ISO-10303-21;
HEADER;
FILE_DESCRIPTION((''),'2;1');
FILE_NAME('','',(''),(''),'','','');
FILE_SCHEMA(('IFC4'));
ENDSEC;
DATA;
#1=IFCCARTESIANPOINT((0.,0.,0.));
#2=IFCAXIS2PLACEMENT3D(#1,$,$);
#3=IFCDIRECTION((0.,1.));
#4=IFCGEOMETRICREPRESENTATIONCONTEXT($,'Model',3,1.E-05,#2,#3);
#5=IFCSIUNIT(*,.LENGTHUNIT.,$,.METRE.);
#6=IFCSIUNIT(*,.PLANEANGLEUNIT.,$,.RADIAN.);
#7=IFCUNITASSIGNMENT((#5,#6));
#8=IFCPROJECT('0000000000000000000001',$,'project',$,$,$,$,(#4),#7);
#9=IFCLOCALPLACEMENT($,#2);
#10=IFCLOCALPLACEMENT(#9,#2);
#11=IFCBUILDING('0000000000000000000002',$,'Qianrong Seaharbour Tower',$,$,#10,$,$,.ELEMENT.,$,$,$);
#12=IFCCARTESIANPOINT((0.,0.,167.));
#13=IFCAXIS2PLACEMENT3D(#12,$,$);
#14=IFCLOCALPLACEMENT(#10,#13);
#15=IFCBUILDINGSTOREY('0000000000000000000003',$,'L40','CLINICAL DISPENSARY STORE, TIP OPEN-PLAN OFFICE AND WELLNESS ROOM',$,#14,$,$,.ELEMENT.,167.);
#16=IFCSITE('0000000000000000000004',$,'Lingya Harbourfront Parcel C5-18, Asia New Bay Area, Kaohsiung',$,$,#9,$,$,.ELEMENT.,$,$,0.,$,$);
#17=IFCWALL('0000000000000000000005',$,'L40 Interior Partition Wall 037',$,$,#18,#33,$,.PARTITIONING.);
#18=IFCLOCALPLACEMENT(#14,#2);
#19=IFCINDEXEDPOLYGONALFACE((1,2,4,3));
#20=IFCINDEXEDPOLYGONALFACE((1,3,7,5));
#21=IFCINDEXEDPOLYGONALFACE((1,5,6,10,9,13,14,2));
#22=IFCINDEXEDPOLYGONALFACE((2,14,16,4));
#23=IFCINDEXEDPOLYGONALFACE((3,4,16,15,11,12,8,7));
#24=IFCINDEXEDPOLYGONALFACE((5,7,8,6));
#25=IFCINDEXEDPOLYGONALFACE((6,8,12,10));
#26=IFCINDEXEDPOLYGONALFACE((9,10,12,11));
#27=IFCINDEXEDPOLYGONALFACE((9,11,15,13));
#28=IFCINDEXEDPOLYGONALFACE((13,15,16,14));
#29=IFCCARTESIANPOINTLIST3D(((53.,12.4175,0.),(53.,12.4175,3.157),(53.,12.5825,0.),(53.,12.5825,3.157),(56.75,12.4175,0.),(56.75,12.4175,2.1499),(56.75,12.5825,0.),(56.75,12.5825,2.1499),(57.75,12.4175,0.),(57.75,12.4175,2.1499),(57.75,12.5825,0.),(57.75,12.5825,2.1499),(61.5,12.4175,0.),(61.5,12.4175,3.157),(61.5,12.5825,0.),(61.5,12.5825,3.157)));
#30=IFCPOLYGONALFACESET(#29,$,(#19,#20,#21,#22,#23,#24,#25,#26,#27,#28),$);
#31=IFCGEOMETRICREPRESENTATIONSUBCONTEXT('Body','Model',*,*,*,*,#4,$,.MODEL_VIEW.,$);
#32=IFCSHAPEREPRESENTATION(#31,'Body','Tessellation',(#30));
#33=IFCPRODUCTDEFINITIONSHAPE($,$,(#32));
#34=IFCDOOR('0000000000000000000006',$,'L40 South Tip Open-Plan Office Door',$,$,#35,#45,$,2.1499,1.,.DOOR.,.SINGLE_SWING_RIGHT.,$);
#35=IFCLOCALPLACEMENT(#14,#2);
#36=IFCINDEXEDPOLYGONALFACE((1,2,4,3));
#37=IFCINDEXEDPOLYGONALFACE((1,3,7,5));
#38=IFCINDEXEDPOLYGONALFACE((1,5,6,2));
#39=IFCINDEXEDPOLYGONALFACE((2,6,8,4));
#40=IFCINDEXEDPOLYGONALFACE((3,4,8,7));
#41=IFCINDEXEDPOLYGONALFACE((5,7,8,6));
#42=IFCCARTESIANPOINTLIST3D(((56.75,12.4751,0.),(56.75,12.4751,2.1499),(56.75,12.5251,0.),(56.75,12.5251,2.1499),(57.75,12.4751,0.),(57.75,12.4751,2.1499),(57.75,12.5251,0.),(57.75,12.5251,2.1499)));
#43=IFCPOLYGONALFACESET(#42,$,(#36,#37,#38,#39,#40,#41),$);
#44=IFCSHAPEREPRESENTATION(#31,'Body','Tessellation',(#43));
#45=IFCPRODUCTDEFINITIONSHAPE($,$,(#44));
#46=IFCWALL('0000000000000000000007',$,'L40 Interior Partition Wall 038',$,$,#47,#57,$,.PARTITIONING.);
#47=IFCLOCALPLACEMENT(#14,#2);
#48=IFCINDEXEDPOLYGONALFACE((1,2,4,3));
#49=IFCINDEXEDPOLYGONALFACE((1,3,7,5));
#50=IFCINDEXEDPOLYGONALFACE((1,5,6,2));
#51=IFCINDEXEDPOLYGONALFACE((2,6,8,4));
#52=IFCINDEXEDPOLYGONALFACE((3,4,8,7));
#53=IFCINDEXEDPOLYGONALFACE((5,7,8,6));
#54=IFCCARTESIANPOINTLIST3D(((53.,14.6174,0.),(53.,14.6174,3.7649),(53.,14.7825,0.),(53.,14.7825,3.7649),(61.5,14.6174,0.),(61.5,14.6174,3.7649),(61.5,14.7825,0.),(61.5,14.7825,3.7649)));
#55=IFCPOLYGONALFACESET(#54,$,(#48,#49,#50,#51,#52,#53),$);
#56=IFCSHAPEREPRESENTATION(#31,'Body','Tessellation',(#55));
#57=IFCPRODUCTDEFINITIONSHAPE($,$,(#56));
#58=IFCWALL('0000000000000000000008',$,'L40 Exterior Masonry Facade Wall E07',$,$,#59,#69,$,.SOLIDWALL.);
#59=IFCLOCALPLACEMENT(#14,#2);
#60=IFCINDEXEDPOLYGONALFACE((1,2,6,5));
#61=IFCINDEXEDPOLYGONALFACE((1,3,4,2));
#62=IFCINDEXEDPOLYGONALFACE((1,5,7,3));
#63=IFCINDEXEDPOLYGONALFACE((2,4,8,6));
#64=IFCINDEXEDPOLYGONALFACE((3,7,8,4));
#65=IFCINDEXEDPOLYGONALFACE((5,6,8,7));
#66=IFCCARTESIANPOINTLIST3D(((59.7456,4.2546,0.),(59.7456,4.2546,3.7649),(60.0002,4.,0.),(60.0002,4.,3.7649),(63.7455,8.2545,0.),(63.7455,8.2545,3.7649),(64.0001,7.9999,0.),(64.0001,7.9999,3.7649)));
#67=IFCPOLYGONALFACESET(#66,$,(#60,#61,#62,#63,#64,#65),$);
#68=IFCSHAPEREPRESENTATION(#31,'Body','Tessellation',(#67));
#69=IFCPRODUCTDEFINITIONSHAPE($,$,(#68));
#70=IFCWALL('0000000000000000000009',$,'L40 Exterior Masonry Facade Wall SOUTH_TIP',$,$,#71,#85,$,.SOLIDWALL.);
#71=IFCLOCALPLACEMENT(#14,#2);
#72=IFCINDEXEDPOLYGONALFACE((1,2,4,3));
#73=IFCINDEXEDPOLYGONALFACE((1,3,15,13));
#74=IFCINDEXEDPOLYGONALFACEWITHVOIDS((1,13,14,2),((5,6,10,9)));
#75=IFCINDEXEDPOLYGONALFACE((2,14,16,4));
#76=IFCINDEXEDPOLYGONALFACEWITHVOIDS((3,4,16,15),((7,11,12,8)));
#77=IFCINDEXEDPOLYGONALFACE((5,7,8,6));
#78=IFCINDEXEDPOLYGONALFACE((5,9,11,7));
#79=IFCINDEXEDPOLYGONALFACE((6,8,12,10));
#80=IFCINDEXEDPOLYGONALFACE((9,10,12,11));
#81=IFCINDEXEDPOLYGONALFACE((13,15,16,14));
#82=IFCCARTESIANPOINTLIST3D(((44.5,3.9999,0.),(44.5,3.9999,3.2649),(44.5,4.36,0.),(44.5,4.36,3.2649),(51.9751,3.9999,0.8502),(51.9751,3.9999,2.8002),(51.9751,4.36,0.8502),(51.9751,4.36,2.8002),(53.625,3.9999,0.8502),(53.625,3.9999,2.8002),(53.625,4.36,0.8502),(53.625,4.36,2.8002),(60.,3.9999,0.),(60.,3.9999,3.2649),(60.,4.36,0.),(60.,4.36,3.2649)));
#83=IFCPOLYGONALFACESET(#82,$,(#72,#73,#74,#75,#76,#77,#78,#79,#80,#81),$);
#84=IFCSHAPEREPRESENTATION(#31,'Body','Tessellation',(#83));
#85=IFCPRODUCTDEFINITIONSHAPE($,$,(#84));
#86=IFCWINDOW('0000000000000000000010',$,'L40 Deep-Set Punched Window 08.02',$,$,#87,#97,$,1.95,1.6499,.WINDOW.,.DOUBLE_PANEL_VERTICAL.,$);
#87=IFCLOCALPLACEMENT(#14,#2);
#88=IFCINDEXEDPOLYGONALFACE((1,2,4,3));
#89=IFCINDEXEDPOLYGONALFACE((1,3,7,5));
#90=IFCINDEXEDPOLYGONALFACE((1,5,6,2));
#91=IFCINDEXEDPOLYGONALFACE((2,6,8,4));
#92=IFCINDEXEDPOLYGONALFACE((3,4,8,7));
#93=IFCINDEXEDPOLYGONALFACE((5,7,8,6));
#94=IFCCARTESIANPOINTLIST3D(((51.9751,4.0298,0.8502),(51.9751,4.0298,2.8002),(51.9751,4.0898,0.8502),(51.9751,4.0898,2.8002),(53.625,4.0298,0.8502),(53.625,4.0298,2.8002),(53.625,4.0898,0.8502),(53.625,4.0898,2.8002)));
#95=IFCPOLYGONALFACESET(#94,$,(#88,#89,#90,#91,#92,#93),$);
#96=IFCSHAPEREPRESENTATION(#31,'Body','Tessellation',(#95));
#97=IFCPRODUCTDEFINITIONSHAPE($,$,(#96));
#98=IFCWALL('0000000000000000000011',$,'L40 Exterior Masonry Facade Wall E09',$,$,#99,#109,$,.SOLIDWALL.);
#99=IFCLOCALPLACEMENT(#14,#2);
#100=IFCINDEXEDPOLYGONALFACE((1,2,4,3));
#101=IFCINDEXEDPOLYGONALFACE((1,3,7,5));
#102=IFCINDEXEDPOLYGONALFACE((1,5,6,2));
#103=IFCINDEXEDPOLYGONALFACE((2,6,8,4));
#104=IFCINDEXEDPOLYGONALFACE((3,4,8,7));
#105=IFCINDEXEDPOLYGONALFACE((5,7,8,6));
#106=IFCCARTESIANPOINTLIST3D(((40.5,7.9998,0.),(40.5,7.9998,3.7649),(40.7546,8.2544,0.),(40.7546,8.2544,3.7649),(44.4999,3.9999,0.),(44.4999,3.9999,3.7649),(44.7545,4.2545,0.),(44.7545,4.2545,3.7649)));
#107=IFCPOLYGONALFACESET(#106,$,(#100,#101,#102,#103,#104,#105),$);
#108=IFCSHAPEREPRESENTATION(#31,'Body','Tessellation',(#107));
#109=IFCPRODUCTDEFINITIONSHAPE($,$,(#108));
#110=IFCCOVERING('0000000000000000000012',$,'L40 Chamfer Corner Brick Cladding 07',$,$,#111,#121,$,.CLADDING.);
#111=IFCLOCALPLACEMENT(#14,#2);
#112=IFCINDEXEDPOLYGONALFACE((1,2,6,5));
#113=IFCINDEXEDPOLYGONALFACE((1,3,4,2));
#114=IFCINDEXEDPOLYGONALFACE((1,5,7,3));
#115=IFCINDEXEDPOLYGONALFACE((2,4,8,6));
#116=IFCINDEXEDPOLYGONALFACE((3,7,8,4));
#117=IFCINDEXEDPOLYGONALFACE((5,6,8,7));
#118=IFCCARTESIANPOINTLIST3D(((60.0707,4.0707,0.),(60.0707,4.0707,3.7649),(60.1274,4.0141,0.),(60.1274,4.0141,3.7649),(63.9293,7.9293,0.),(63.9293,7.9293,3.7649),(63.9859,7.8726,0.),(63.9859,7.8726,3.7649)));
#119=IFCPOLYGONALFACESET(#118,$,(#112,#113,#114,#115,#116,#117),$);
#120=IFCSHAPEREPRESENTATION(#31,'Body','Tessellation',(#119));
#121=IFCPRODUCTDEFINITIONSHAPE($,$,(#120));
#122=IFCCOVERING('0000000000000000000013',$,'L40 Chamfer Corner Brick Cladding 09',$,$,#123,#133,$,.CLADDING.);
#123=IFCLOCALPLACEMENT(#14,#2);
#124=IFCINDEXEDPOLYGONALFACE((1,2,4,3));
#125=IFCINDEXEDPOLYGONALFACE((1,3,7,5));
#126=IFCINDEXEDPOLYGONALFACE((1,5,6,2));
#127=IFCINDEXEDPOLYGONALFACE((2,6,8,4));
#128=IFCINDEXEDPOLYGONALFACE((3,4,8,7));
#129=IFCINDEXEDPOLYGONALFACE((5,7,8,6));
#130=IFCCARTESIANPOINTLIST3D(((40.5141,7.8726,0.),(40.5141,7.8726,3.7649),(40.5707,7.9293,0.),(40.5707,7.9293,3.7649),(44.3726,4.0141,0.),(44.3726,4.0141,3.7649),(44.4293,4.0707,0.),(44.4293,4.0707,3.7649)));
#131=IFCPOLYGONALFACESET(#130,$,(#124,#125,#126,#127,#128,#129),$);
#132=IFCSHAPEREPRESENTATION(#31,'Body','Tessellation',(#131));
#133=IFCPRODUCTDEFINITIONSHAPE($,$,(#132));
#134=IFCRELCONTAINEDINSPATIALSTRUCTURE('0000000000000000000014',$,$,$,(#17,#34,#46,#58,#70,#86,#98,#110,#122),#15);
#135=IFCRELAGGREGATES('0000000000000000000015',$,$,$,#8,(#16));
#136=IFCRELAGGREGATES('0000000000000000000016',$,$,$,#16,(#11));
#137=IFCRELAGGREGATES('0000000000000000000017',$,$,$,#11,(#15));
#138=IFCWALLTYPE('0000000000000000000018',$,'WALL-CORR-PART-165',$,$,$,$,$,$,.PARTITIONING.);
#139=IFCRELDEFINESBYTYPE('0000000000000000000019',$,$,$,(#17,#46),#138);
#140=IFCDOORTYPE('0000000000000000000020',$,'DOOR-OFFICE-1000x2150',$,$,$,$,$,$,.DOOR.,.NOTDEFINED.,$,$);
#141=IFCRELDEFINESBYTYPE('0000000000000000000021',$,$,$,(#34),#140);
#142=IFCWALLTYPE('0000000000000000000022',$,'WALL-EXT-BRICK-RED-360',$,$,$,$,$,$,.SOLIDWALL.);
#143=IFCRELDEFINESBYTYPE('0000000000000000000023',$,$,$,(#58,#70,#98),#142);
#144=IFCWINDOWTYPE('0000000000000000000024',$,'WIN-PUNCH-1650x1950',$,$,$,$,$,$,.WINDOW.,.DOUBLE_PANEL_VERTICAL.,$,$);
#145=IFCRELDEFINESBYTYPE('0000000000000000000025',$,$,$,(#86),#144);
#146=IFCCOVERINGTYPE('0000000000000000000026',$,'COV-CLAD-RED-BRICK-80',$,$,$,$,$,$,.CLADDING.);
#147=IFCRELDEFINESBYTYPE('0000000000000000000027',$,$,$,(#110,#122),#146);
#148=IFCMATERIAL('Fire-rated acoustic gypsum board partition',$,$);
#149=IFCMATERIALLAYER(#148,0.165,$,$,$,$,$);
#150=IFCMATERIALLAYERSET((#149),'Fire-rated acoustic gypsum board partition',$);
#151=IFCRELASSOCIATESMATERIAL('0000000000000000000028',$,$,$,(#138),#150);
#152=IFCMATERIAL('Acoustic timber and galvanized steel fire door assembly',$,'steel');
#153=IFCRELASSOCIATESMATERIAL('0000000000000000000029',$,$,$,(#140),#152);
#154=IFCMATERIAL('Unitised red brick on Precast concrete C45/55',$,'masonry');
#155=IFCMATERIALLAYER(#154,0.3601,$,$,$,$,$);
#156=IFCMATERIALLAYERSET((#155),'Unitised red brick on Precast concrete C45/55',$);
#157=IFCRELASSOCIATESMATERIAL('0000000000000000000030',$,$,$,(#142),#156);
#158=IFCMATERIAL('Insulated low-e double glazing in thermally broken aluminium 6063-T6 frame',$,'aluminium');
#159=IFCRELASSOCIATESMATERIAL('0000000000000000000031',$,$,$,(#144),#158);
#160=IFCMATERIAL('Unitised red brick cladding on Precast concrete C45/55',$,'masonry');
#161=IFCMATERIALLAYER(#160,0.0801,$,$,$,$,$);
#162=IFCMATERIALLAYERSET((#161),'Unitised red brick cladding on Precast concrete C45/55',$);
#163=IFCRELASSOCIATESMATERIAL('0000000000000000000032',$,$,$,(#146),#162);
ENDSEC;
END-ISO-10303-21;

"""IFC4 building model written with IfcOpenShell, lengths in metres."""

from ifc_helpers import new_model, si_unit, direction, frame, frame_2d, origin, origin_2d, place, context, subcontext, project, spatial, rectangle, extrude, material, layer, layer_set, type_object, element, fill, save


model = new_model("IFC4")

# Units and contexts
model_context = context("Model", 3, precision=1e-05, world=origin(), true_north=direction((0.0, 1.0)))
body_context = subcontext(model_context, "Body", "Model", "MODEL_VIEW")
ifc_project = project(units=[si_unit("LENGTHUNIT", "METRE"), si_unit("PLANEANGLEUNIT", "RADIAN")], contexts=[model_context])

# Site, building, storey
site_placement = place(None, origin())
site = spatial("IfcSite", under=ifc_project, at=site_placement, Name="Lingya Harbourfront Parcel C5-18, Asia New Bay Area, Kaohsiung", CompositionType="ELEMENT", RefElevation=0.0)
building_placement = place(site_placement, origin())
building = spatial("IfcBuilding", under=site, at=building_placement, Name="Qianrong Seaharbour Tower", CompositionType="ELEMENT")
storey_placement = place(building_placement, frame((0.0, 0.0, 167.0)))
storey = spatial("IfcBuildingStorey", under=building, at=storey_placement, Name="L40", Description="CLINICAL DISPENSARY STORE, TIP OPEN-PLAN OFFICE AND WELLNESS ROOM", CompositionType="ELEMENT", Elevation=167.0)

# Shared definitions
ifc_material_1 = material(Name="Fire-rated acoustic gypsum board partition")
ifc_layer_1 = layer(ifc_material_1, 0.165)
ifc_layer_set_1 = layer_set([ifc_layer_1], Name="Fire-rated acoustic gypsum board partition")
wall_type_1 = type_object("IfcWallType", Name="WALL-CORR-PART-165", PredefinedType="PARTITIONING", material=ifc_layer_set_1)

# Wall, opening, door
ifc_material_2 = material(Name="Acoustic timber and galvanized steel fire door assembly", Category="steel")
wall_1_placement = place(storey_placement, frame((61.5, 12.5, 0.0), z_axis=(0.0, 0.0, 1.0), x_axis=(-1.0, 0.0, 0.0)))
wall_1 = element("IfcWall", 1, at=wall_1_placement, inside=storey, type_object=wall_type_1, Name="L40 Interior Partition Wall 037", PredefinedType="PARTITIONING", context=body_context, shape_type="SweptSolid", body=[
    extrude(rectangle(XDim=8.5, YDim=0.165, at=frame_2d((4.25, 0.0))), origin(), (0.0, 0.0, 1.0), 3.157),
])
opening_1_placement = place(wall_1_placement, frame((3.75, 0.0, 0.0)))
opening_1 = element("IfcOpeningElement", 2, at=opening_1_placement, cuts=wall_1, PredefinedType="OPENING", context=body_context, shape_type="SweptSolid", body=[
    extrude(rectangle(XDim=1.0, YDim=2.1499, at=frame_2d((0.5, 1.075))), frame((0.0, 0.0925, 0.0), z_axis=(0.0, -1.0, 0.0), x_axis=(1.0, 0.0, 0.0)), (0.0, 0.0, 1.0), 0.1851),
])
door_type_1 = type_object("IfcDoorType", Name="DOOR-OFFICE-1000x2150", OperationType="NOTDEFINED", PredefinedType="DOOR", material=ifc_material_2)
door_1_placement = place(opening_1_placement, origin())
door_1 = element("IfcDoor", 3, at=door_1_placement, inside=storey, type_object=door_type_1, Name="L40 South Tip Open-Plan Office Door", OperationType="SINGLE_SWING_RIGHT", OverallHeight=2.1499, OverallWidth=1.0, PredefinedType="DOOR", context=body_context, shape_type="SweptSolid", body=[
    extrude(rectangle(XDim=1.0, YDim=2.1499, at=frame_2d((0.5, 1.075))), frame((0.0, 0.0249, 0.0), z_axis=(0.0, -1.0, 0.0), x_axis=(1.0, 0.0, 0.0)), (0.0, 0.0, 1.0), 0.05),
])
fill(opening_1, door_1)

# Walls
wall_2_placement = place(storey_placement, frame((53.0, 14.7, 0.0), z_axis=(0.0, 0.0, 1.0), x_axis=(1.0, 0.0, 0.0)))
element("IfcWall", 4, at=wall_2_placement, inside=storey, type_object=wall_type_1, Name="L40 Interior Partition Wall 038", PredefinedType="PARTITIONING", context=body_context, shape_type="SweptSolid", body=[
    extrude(rectangle(XDim=8.5, YDim=0.165, at=frame_2d((4.25, 0.0))), origin(), (0.0, 0.0, 1.0), 3.7649),
])
ifc_material_3 = material(Name="Unitised red brick on Precast concrete C45/55", Category="masonry")
ifc_layer_2 = layer(ifc_material_3, 0.3601)
ifc_layer_set_2 = layer_set([ifc_layer_2], Name="Unitised red brick on Precast concrete C45/55")
wall_type_2 = type_object("IfcWallType", Name="WALL-EXT-BRICK-RED-360", PredefinedType="SOLIDWALL", material=ifc_layer_set_2)
wall_3_placement = place(storey_placement, frame((63.8728, 8.1272, 0.0), z_axis=(0.0, 0.0, 1.0), x_axis=(-0.707107, -0.707107, 0.0)))
element("IfcWall", 5, at=wall_3_placement, inside=storey, type_object=wall_type_2, Name="L40 Exterior Masonry Facade Wall E07", PredefinedType="SOLIDWALL", context=body_context, shape_type="SweptSolid", body=[
    extrude(rectangle(XDim=5.6567, YDim=0.3601, at=frame_2d((2.8284, 0.0))), origin(), (0.0, 0.0, 1.0), 3.7649),
])

# Wall, opening, window
wall_4_placement = place(storey_placement, frame((60.0, 4.1799, 0.0), z_axis=(0.0, 0.0, 1.0), x_axis=(-1.0, 0.0, 0.0)))
wall_4 = element("IfcWall", 6, at=wall_4_placement, inside=storey, type_object=wall_type_2, Name="L40 Exterior Masonry Facade Wall SOUTH_TIP", PredefinedType="SOLIDWALL", context=body_context, shape_type="SweptSolid", body=[
    extrude(rectangle(XDim=15.5, YDim=0.3601, at=frame_2d((7.75, 0.0))), origin(), (0.0, 0.0, 1.0), 3.2649),
])
opening_2_placement = place(wall_4_placement, frame((6.375, 0.0, 0.8501)))
opening_2 = element("IfcOpeningElement", 7, at=opening_2_placement, cuts=wall_4, PredefinedType="OPENING", context=body_context, shape_type="SweptSolid", body=[
    extrude(rectangle(XDim=1.6499, YDim=1.95, at=frame_2d((0.825, 0.9751))), frame((0.0, 0.1899, 0.0), z_axis=(0.0, -1.0, 0.0), x_axis=(1.0, 0.0, 0.0)), (0.0, 0.0, 1.0), 0.3801),
])
ifc_material_4 = material(Name="Insulated low-e double glazing in thermally broken aluminium 6063-T6 frame", Category="aluminium")
window_type = type_object("IfcWindowType", Name="WIN-PUNCH-1650x1950", PartitioningType="DOUBLE_PANEL_VERTICAL", PredefinedType="WINDOW", material=ifc_material_4)
window_placement = place(opening_2_placement, origin())
window = element("IfcWindow", 8, at=window_placement, inside=storey, type_object=window_type, Name="L40 Deep-Set Punched Window 08.02", OverallHeight=1.95, OverallWidth=1.6499, PartitioningType="DOUBLE_PANEL_VERTICAL", PredefinedType="WINDOW", context=body_context, shape_type="SweptSolid", body=[
    extrude(rectangle(XDim=1.6499, YDim=1.95, at=frame_2d((0.825, 0.9751))), frame((0.0, 0.1501, 0.0), z_axis=(0.0, -1.0, 0.0), x_axis=(1.0, 0.0, 0.0)), (0.0, 0.0, 1.0), 0.0601),
])
fill(opening_2, window)

# Wall
wall_5_placement = place(storey_placement, frame((44.6272, 4.1272, 0.0), z_axis=(0.0, 0.0, 1.0), x_axis=(-0.707107, 0.707107, 0.0)))
element("IfcWall", 9, at=wall_5_placement, inside=storey, type_object=wall_type_2, Name="L40 Exterior Masonry Facade Wall E09", PredefinedType="SOLIDWALL", context=body_context, shape_type="SweptSolid", body=[
    extrude(rectangle(XDim=5.6567, YDim=0.3601, at=frame_2d((2.8284, 0.0))), origin(), (0.0, 0.0, 1.0), 3.7649),
])

# Coverings
ifc_material_5 = material(Name="Unitised red brick cladding on Precast concrete C45/55", Category="masonry")
ifc_layer_3 = layer(ifc_material_5, 0.0801)
ifc_layer_set_3 = layer_set([ifc_layer_3], Name="Unitised red brick cladding on Precast concrete C45/55")
covering_type = type_object("IfcCoveringType", Name="COV-CLAD-RED-BRICK-80", PredefinedType="CLADDING", material=ifc_layer_set_3)
for number, where, z_axis, x_axis, name in (
    (10, (62.0283, 5.9717, 0.0), (0.0, 0.0, 1.0), (-0.707107, -0.707107, 0.0), "L40 Chamfer Corner Brick Cladding 07"),
    (11, (42.4717, 5.9717, 0.0), (0.0, 0.0, 1.0), (-0.707107, 0.707107, 0.0), "L40 Chamfer Corner Brick Cladding 09"),
):
    element("IfcCovering", number, at=place(storey_placement, frame(where, z_axis=z_axis, x_axis=x_axis)), inside=storey, type_object=covering_type, Name=name, PredefinedType="CLADDING", context=body_context, shape_type="SweptSolid", body=[
        extrude(rectangle(XDim=5.4568, YDim=0.0801, at=origin_2d()), origin(), (0.0, 0.0, 1.0), 3.7649),
    ])

save(model, "model.ifc")
